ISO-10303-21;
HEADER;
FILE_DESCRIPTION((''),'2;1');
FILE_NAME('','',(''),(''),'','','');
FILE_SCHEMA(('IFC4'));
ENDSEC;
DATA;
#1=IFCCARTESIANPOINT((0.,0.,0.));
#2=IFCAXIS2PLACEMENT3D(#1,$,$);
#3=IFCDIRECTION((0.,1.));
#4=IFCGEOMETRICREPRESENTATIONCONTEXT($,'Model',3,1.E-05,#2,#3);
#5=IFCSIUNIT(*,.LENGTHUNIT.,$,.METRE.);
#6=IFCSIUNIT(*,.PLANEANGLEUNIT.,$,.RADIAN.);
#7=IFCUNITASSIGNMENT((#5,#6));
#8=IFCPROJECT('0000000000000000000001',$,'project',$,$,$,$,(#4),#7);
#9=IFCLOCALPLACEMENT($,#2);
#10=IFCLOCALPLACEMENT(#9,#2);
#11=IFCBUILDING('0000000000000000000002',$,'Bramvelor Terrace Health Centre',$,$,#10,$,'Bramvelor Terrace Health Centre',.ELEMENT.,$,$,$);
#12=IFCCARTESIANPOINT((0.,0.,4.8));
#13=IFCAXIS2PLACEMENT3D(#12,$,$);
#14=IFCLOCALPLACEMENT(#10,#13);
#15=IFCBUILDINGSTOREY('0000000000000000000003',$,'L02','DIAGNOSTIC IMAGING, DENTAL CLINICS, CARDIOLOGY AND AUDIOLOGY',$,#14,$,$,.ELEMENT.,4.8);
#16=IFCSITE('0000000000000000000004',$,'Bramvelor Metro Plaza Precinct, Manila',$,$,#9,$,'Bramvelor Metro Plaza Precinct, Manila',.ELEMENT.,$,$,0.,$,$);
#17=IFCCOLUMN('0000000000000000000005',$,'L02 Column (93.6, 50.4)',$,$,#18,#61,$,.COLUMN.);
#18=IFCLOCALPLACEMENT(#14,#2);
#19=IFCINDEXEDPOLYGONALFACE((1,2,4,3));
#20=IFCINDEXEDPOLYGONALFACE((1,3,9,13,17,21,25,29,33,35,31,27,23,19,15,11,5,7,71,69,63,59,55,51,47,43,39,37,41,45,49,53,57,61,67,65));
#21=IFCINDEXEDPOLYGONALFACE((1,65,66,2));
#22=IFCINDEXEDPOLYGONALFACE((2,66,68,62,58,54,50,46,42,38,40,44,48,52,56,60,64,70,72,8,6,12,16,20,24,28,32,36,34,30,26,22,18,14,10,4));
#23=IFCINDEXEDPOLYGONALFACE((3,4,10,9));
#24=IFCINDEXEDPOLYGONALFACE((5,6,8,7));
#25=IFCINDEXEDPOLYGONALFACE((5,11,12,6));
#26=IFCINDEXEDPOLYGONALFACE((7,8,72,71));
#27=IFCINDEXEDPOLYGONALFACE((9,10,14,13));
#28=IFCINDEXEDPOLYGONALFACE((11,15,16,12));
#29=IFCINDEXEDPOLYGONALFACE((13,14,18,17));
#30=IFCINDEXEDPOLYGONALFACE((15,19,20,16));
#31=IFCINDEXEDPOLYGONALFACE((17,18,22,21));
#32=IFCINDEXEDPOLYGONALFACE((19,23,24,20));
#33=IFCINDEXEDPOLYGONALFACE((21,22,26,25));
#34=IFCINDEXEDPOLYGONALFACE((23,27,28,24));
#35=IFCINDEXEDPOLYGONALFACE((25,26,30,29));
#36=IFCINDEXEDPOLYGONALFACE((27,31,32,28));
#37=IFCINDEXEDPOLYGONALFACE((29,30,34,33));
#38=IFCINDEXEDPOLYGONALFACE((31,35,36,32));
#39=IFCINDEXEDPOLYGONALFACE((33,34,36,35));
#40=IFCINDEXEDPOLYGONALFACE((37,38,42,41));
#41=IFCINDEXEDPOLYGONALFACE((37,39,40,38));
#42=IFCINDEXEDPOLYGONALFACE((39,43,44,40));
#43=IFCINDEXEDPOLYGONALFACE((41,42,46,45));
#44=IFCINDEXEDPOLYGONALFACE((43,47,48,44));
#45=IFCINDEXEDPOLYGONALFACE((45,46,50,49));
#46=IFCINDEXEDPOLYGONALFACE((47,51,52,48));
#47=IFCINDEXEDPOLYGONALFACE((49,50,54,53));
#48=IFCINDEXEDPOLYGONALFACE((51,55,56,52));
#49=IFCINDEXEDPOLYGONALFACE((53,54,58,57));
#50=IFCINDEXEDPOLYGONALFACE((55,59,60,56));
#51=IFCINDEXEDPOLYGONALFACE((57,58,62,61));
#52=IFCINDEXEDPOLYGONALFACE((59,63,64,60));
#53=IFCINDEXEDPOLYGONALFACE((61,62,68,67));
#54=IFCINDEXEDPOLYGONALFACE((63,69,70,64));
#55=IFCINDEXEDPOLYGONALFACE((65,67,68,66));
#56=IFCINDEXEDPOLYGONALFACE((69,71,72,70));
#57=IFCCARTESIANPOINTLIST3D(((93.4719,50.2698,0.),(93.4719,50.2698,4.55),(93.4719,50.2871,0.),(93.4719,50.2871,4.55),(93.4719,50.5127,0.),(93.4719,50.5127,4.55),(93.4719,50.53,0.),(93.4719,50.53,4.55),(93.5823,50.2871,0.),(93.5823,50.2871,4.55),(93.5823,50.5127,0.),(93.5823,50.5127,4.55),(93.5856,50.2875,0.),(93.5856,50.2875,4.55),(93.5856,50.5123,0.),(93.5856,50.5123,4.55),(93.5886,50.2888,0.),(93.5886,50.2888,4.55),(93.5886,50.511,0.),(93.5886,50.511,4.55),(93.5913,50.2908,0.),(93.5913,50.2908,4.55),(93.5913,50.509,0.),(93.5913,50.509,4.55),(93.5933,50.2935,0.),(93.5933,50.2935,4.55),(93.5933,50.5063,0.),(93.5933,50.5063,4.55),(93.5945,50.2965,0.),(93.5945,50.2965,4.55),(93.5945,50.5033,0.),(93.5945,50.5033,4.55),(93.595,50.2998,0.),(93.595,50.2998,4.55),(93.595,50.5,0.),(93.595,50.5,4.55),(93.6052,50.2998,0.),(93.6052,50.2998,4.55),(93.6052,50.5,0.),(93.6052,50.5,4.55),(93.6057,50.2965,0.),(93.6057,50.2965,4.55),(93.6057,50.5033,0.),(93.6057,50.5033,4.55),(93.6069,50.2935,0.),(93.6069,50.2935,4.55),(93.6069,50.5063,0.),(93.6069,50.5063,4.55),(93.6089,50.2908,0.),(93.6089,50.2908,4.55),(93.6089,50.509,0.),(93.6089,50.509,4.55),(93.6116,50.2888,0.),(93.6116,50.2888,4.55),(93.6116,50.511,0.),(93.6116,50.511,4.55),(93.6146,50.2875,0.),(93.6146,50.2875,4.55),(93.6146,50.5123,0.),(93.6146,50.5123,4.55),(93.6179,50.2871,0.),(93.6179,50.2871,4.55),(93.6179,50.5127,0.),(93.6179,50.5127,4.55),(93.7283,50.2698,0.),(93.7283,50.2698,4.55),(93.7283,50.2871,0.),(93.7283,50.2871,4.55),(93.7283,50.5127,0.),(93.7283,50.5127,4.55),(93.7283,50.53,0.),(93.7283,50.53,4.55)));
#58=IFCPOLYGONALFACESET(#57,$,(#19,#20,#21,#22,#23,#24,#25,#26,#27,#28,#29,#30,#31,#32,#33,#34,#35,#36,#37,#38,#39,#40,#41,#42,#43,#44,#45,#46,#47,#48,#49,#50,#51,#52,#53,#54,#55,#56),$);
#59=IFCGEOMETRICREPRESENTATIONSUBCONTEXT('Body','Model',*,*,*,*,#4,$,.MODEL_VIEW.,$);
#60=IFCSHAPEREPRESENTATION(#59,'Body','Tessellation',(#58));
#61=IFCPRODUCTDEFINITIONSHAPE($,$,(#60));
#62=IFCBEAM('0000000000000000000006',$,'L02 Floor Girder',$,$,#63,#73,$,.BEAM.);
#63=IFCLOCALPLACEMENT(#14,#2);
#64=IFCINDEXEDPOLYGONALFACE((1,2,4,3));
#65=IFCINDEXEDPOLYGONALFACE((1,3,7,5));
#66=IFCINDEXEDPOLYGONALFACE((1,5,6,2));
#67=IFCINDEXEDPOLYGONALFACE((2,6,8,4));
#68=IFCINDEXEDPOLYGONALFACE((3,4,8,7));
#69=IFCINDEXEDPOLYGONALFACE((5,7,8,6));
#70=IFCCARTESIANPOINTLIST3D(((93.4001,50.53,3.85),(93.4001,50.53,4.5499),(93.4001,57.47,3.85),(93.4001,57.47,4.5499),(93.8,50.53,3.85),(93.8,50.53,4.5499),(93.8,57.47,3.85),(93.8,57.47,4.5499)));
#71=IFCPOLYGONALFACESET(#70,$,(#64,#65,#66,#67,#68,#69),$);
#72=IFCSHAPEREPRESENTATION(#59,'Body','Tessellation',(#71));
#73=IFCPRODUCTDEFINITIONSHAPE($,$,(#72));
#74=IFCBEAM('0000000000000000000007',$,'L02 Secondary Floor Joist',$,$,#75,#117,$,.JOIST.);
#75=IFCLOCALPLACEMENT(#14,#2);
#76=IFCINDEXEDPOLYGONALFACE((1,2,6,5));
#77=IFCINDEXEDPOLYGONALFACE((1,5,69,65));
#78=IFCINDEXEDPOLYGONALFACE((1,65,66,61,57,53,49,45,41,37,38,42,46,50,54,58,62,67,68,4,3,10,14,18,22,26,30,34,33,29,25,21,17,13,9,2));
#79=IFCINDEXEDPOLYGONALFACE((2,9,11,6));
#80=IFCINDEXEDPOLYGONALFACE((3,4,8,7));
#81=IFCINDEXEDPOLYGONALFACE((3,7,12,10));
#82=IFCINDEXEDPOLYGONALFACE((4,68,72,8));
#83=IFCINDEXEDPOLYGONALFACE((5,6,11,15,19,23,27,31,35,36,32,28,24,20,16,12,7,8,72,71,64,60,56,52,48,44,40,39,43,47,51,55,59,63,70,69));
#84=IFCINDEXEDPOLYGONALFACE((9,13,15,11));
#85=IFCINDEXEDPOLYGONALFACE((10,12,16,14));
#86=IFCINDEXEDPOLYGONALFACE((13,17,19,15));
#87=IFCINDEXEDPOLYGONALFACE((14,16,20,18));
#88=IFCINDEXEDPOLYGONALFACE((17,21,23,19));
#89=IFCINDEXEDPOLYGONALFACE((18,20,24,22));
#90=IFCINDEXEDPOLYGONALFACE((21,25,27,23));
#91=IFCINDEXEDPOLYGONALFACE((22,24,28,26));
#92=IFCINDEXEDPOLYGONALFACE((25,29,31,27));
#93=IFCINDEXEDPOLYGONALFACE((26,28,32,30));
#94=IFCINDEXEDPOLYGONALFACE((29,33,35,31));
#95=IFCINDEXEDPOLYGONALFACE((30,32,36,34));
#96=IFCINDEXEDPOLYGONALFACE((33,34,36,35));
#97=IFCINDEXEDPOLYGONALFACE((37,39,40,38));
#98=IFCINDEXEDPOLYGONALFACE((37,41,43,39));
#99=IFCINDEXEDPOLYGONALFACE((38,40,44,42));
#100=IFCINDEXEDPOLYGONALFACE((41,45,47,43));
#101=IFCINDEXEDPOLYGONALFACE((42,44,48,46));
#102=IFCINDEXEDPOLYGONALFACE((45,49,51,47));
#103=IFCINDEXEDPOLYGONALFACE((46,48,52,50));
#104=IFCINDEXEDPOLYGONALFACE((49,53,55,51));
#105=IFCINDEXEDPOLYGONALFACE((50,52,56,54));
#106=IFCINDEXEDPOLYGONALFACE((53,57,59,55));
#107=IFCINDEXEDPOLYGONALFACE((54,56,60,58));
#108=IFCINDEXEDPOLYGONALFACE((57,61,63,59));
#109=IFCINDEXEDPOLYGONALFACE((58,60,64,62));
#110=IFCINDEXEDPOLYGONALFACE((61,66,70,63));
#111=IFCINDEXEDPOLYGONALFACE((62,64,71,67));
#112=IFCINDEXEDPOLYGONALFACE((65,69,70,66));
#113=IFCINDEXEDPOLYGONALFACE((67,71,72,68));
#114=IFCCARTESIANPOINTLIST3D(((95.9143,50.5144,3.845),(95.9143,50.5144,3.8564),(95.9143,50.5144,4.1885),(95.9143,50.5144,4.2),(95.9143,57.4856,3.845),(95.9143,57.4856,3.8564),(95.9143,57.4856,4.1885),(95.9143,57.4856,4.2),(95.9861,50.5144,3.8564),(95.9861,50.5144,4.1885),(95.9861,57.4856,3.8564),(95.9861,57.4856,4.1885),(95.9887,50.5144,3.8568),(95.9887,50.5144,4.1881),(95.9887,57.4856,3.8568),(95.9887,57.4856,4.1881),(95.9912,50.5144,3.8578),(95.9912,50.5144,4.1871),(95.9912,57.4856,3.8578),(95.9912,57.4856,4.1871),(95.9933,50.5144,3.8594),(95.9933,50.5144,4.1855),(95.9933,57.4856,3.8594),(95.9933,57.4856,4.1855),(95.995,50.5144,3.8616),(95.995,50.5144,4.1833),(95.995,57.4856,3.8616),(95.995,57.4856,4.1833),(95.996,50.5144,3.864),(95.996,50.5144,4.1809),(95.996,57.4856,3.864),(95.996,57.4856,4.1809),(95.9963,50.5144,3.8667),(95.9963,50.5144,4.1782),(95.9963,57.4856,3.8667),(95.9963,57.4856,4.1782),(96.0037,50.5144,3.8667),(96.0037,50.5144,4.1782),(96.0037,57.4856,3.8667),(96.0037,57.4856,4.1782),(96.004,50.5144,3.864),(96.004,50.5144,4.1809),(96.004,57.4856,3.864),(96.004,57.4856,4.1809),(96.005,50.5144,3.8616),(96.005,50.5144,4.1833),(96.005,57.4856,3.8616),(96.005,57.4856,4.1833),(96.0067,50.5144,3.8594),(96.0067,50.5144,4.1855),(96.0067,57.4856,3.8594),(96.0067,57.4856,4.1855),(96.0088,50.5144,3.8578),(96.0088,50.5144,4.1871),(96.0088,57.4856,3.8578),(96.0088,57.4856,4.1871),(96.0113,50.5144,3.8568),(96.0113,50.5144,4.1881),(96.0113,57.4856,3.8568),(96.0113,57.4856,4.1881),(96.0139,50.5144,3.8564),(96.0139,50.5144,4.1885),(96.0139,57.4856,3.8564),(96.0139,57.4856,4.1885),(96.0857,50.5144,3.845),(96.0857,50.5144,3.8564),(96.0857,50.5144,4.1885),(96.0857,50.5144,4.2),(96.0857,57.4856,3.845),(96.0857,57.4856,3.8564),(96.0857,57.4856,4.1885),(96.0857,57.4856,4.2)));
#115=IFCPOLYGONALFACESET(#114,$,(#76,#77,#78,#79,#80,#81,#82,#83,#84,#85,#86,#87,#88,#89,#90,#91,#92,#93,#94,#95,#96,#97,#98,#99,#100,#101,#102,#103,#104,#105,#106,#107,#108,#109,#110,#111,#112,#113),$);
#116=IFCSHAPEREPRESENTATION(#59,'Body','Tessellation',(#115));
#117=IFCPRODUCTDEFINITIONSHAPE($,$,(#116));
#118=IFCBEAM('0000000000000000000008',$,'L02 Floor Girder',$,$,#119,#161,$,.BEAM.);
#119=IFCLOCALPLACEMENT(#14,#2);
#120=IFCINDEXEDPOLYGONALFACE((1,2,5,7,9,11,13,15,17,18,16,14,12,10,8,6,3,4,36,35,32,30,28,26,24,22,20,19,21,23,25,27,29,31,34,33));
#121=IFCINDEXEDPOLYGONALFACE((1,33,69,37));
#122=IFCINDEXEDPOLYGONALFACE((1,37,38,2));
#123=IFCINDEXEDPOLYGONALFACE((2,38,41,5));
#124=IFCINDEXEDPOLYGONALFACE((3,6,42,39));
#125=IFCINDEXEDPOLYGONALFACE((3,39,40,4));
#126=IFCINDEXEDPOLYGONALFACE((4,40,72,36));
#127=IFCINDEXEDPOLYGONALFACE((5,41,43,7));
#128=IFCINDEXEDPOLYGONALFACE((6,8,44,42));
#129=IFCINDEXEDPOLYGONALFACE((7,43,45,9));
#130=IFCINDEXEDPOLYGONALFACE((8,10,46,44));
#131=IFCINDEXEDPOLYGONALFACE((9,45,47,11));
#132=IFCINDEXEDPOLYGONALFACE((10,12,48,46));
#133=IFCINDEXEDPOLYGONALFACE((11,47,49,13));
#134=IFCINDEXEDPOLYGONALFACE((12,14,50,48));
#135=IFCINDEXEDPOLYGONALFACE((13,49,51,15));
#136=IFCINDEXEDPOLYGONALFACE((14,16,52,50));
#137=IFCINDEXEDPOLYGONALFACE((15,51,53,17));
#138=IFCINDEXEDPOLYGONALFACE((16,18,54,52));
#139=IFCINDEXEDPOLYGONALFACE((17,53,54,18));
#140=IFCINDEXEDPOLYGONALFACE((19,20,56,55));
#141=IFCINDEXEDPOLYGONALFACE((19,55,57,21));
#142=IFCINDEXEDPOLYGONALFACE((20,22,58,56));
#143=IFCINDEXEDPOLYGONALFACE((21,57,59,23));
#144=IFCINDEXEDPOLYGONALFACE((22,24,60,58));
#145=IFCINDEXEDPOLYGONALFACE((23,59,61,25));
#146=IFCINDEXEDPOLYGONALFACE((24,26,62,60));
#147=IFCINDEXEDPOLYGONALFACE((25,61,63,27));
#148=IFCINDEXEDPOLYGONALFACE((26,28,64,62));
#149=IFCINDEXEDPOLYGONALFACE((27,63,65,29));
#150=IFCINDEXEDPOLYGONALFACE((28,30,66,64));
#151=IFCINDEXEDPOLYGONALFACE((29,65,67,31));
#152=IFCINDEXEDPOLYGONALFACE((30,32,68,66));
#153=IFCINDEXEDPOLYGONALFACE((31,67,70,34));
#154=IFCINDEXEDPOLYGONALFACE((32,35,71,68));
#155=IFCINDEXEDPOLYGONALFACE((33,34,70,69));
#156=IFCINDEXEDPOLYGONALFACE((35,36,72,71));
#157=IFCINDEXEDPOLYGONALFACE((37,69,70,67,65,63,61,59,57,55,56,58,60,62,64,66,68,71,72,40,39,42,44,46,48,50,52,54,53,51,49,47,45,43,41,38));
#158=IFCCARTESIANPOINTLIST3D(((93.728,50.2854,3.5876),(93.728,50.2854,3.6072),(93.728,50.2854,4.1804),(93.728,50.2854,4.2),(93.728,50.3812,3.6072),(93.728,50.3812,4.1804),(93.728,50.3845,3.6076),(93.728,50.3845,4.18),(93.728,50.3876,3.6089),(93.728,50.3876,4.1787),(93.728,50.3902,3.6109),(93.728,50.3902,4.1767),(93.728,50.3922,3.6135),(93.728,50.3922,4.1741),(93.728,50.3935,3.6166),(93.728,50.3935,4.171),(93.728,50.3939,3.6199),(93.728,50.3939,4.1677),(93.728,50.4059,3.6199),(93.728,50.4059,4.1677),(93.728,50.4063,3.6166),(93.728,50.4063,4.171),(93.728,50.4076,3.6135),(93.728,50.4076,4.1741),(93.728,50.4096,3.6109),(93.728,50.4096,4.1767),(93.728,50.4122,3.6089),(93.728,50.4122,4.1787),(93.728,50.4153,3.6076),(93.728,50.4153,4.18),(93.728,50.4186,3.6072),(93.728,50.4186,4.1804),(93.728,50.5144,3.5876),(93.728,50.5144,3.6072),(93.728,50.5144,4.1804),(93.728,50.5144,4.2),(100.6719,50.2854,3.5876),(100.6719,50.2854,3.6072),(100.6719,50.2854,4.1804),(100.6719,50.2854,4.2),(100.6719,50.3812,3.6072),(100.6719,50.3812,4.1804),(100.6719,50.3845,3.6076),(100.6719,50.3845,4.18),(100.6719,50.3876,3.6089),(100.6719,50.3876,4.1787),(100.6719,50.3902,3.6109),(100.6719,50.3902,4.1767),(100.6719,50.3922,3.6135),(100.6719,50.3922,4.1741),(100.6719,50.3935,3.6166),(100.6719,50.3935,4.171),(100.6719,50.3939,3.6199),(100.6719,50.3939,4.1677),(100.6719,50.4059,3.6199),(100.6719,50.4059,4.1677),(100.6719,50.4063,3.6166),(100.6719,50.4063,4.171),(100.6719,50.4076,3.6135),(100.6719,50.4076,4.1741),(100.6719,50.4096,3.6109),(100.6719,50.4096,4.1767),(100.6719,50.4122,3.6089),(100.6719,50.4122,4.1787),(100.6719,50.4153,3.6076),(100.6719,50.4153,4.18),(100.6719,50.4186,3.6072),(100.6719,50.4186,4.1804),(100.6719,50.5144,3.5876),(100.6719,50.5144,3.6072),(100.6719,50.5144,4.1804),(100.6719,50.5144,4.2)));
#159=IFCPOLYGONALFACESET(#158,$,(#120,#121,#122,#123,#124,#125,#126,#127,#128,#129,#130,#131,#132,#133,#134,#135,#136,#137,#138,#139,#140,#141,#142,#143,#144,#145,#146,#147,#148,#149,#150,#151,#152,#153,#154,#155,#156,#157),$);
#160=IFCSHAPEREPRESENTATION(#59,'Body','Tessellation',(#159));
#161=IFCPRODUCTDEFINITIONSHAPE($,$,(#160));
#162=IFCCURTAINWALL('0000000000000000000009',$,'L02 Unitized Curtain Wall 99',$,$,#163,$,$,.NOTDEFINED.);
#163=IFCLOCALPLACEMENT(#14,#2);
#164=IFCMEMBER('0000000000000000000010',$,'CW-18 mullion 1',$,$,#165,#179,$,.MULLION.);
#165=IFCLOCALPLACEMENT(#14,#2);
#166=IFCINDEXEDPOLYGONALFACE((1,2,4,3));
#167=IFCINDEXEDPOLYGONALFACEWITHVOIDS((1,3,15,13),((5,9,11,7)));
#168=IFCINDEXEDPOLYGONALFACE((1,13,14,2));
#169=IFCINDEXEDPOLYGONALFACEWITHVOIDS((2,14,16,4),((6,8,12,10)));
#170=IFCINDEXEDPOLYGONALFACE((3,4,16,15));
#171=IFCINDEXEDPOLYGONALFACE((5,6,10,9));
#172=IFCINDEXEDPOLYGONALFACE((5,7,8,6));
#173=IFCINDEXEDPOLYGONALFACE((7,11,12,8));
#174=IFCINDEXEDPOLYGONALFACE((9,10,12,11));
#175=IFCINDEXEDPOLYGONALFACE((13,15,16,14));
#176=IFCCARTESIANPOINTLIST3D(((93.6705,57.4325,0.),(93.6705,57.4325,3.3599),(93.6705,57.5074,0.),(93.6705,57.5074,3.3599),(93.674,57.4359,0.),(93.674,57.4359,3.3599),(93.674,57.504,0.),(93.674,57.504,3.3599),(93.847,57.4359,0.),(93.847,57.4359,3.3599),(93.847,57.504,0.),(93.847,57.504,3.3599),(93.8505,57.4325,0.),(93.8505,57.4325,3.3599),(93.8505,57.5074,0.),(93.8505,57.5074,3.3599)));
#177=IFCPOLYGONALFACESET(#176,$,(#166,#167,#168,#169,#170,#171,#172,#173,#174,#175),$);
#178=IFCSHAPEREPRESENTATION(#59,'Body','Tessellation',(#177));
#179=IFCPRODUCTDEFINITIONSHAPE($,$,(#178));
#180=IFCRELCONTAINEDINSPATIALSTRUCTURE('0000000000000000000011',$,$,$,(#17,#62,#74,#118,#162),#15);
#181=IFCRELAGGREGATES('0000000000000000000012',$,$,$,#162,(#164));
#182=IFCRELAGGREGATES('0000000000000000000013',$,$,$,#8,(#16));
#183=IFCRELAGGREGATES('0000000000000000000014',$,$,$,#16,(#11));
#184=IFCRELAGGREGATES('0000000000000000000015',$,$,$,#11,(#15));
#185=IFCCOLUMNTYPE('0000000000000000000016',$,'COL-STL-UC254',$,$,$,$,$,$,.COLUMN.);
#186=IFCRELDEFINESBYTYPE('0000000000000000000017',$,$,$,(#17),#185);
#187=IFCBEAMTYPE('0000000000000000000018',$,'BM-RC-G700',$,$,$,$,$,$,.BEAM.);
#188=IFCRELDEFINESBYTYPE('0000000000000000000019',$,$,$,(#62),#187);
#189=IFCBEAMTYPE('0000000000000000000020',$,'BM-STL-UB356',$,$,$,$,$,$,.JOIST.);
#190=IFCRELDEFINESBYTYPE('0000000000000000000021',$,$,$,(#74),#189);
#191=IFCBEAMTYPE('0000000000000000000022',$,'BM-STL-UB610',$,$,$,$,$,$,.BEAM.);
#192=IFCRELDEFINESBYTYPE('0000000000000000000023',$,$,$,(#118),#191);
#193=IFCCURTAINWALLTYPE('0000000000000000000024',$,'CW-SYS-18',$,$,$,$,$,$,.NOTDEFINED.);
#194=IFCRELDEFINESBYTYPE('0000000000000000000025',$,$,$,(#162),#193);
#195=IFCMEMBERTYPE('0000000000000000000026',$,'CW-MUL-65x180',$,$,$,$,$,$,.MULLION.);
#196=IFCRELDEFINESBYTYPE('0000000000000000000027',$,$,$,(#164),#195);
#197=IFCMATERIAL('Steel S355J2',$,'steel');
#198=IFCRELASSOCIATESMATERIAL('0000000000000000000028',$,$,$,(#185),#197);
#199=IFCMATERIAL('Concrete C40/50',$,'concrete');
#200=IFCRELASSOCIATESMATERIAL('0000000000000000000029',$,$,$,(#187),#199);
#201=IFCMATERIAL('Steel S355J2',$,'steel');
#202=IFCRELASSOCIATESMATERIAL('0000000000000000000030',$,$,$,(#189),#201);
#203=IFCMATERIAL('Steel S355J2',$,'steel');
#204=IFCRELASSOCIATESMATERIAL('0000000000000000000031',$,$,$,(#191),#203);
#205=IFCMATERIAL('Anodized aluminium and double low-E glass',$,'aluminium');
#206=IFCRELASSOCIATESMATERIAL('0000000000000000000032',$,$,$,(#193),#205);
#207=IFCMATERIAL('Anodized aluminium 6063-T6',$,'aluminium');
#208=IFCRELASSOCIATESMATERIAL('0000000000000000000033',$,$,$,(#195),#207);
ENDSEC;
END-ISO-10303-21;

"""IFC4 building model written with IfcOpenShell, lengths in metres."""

from ifc_helpers import new_model, si_unit, direction, frame, origin, origin_2d, place, context, subcontext, project, spatial, rectangle, hollow_rectangle, i_section, extrude, material, material_profile, profile_set, type_object, element, aggregate, save


model = new_model("IFC4")

# Units and contexts
model_context = context("Model", 3, precision=1e-05, world=origin(), true_north=direction((0.0, 1.0)))
body_context = subcontext(model_context, "Body", "Model", "MODEL_VIEW")
ifc_project = project(units=[si_unit("LENGTHUNIT", "METRE"), si_unit("PLANEANGLEUNIT", "RADIAN")], contexts=[model_context])

# Site, building, storey
site_placement = place(None, origin())
site = spatial("IfcSite", under=ifc_project, at=site_placement, Name="Bramvelor Metro Plaza Precinct, Manila", LongName="Bramvelor Metro Plaza Precinct, Manila", CompositionType="ELEMENT", RefElevation=0.0)
building_placement = place(site_placement, origin())
building = spatial("IfcBuilding", under=site, at=building_placement, Name="Bramvelor Terrace Health Centre", LongName="Bramvelor Terrace Health Centre", CompositionType="ELEMENT")
storey_placement = place(building_placement, frame((0.0, 0.0, 4.8)))
storey = spatial("IfcBuildingStorey", under=building, at=storey_placement, Name="L02", Description="DIAGNOSTIC IMAGING, DENTAL CLINICS, CARDIOLOGY AND AUDIOLOGY", CompositionType="ELEMENT", Elevation=4.8)

# Column
ifc_material_1 = material(Name="Steel S355J2", Category="steel")
ifc_material_profile_1 = material_profile(ifc_material_1, i_section(OverallWidth=0.2563, OverallDepth=0.2603, WebThickness=0.0103, FlangeThickness=0.0173, FilletRadius=0.0127, at=origin_2d()), Name="UC 254x254x89")
ifc_profile_set_1 = profile_set([ifc_material_profile_1], Name="Steel S355J2")
column_type = type_object("IfcColumnType", Name="COL-STL-UC254", PredefinedType="COLUMN", material=ifc_profile_set_1)
column_placement = place(storey_placement, frame((93.6001, 50.3999, 0.0), z_axis=(0.0, 0.0, 1.0), x_axis=(1.0, 0.0, 0.0)))
element("IfcColumn", 1, at=column_placement, inside=storey, type_object=column_type, Name="L02 Column (93.6, 50.4)", PredefinedType="COLUMN", context=body_context, shape_type="SweptSolid", body=[
    extrude(i_section(OverallWidth=0.2563, OverallDepth=0.2603, WebThickness=0.0103, FlangeThickness=0.0173, FilletRadius=0.0127, at=origin_2d()), origin(), (0.0, 0.0, 1.0), 4.55),
])

# Beams
ifc_material_2 = material(Name="Concrete C40/50", Category="concrete")
ifc_material_profile_2 = material_profile(ifc_material_2, rectangle(XDim=0.3999, YDim=0.7, at=origin_2d()), Name="RC 400x700")
ifc_profile_set_2 = profile_set([ifc_material_profile_2], Name="Concrete C40/50")
beam_type_1 = type_object("IfcBeamType", Name="BM-RC-G700", PredefinedType="BEAM", material=ifc_profile_set_2)
beam_1_placement = place(storey_placement, frame((93.6001, 50.53, 4.2), z_axis=(0.0, 1.0, 0.0), x_axis=(-1.0, 0.0, 0.0)))
element("IfcBeam", 2, at=beam_1_placement, inside=storey, type_object=beam_type_1, Name="L02 Floor Girder", PredefinedType="BEAM", context=body_context, shape_type="SweptSolid", body=[
    extrude(rectangle(XDim=0.3999, YDim=0.7, at=origin_2d()), origin(), (0.0, 0.0, 1.0), 6.9399),
])
ifc_material_3 = material(Name="Steel S355J2", Category="steel")
ifc_material_profile_3 = material_profile(ifc_material_3, i_section(OverallWidth=0.1714, OverallDepth=0.355, WebThickness=0.0073, FlangeThickness=0.0115, FilletRadius=0.0103, at=origin_2d()), Name="UB 356x171x51")
ifc_profile_set_3 = profile_set([ifc_material_profile_3], Name="Steel S355J2")
beam_type_2 = type_object("IfcBeamType", Name="BM-STL-UB356", PredefinedType="JOIST", material=ifc_profile_set_3)
beam_2_placement = place(storey_placement, frame((96.0, 50.5144, 4.0225), z_axis=(0.0, 1.0, 0.0), x_axis=(-1.0, 0.0, 0.0)))
element("IfcBeam", 3, at=beam_2_placement, inside=storey, type_object=beam_type_2, Name="L02 Secondary Floor Joist", PredefinedType="JOIST", context=body_context, shape_type="SweptSolid", body=[
    extrude(i_section(OverallWidth=0.1714, OverallDepth=0.355, WebThickness=0.0073, FlangeThickness=0.0115, FilletRadius=0.0103, at=origin_2d()), origin(), (0.0, 0.0, 1.0), 6.9712),
])
ifc_material_4 = material(Name="Steel S355J2", Category="steel")
ifc_material_profile_4 = material_profile(ifc_material_4, i_section(OverallWidth=0.229, OverallDepth=0.6123, WebThickness=0.012, FlangeThickness=0.0195, FilletRadius=0.0127, at=origin_2d()), Name="UB 610x229x125")
ifc_profile_set_4 = profile_set([ifc_material_profile_4], Name="Steel S355J2")
beam_type_3 = type_object("IfcBeamType", Name="BM-STL-UB610", PredefinedType="BEAM", material=ifc_profile_set_4)
beam_3_placement = place(storey_placement, frame((93.728, 50.3999, 3.8938), z_axis=(1.0, 0.0, 0.0), x_axis=(0.0, 1.0, 0.0)))
element("IfcBeam", 4, at=beam_3_placement, inside=storey, type_object=beam_type_3, Name="L02 Floor Girder", PredefinedType="BEAM", context=body_context, shape_type="SweptSolid", body=[
    extrude(i_section(OverallWidth=0.229, OverallDepth=0.6123, WebThickness=0.012, FlangeThickness=0.0195, FilletRadius=0.0127, at=origin_2d()), origin(), (0.0, 0.0, 1.0), 6.9438),
])

# Curtain wall, member
ifc_material_5 = material(Name="Anodized aluminium and double low-E glass", Category="aluminium")
curtain_wall_type_1 = type_object("IfcCurtainWallType", Name="CW-SYS-18", PredefinedType="NOTDEFINED", material=ifc_material_5)
curtain_wall_1_placement = place(storey_placement, origin())
curtain_wall_1 = element("IfcCurtainWall", 5, at=curtain_wall_1_placement, inside=storey, type_object=curtain_wall_type_1, Name="L02 Unitized Curtain Wall 99", PredefinedType="NOTDEFINED")
ifc_material_6 = material(Name="Anodized aluminium 6063-T6", Category="aluminium")
ifc_material_profile_5 = material_profile(ifc_material_6, hollow_rectangle(XDim=0.075, YDim=0.1799, WallThickness=0.0034, at=origin_2d()), Name="ALU-MUL 75x180x3.5")
ifc_profile_set_5 = profile_set([ifc_material_profile_5], Name="Anodized aluminium 6063-T6")
member_type_1 = type_object("IfcMemberType", Name="CW-MUL-65x180", PredefinedType="MULLION", material=ifc_profile_set_5)
member_1_placement = place(storey_placement, frame((93.7605, 57.47, 0.0), z_axis=(0.0, 0.0, 1.0), x_axis=(0.0, 1.0, 0.0)))
member_1 = element("IfcMember", 6, at=member_1_placement, type_object=member_type_1, Name="CW-18 mullion 1", PredefinedType="MULLION", context=body_context, shape_type="SweptSolid", body=[
    extrude(hollow_rectangle(XDim=0.075, YDim=0.1799, WallThickness=0.0034, at=origin_2d()), origin(), (0.0, 0.0, 1.0), 3.3599),
])

aggregate(curtain_wall_1, [member_1])

save(model, "model.ifc")
